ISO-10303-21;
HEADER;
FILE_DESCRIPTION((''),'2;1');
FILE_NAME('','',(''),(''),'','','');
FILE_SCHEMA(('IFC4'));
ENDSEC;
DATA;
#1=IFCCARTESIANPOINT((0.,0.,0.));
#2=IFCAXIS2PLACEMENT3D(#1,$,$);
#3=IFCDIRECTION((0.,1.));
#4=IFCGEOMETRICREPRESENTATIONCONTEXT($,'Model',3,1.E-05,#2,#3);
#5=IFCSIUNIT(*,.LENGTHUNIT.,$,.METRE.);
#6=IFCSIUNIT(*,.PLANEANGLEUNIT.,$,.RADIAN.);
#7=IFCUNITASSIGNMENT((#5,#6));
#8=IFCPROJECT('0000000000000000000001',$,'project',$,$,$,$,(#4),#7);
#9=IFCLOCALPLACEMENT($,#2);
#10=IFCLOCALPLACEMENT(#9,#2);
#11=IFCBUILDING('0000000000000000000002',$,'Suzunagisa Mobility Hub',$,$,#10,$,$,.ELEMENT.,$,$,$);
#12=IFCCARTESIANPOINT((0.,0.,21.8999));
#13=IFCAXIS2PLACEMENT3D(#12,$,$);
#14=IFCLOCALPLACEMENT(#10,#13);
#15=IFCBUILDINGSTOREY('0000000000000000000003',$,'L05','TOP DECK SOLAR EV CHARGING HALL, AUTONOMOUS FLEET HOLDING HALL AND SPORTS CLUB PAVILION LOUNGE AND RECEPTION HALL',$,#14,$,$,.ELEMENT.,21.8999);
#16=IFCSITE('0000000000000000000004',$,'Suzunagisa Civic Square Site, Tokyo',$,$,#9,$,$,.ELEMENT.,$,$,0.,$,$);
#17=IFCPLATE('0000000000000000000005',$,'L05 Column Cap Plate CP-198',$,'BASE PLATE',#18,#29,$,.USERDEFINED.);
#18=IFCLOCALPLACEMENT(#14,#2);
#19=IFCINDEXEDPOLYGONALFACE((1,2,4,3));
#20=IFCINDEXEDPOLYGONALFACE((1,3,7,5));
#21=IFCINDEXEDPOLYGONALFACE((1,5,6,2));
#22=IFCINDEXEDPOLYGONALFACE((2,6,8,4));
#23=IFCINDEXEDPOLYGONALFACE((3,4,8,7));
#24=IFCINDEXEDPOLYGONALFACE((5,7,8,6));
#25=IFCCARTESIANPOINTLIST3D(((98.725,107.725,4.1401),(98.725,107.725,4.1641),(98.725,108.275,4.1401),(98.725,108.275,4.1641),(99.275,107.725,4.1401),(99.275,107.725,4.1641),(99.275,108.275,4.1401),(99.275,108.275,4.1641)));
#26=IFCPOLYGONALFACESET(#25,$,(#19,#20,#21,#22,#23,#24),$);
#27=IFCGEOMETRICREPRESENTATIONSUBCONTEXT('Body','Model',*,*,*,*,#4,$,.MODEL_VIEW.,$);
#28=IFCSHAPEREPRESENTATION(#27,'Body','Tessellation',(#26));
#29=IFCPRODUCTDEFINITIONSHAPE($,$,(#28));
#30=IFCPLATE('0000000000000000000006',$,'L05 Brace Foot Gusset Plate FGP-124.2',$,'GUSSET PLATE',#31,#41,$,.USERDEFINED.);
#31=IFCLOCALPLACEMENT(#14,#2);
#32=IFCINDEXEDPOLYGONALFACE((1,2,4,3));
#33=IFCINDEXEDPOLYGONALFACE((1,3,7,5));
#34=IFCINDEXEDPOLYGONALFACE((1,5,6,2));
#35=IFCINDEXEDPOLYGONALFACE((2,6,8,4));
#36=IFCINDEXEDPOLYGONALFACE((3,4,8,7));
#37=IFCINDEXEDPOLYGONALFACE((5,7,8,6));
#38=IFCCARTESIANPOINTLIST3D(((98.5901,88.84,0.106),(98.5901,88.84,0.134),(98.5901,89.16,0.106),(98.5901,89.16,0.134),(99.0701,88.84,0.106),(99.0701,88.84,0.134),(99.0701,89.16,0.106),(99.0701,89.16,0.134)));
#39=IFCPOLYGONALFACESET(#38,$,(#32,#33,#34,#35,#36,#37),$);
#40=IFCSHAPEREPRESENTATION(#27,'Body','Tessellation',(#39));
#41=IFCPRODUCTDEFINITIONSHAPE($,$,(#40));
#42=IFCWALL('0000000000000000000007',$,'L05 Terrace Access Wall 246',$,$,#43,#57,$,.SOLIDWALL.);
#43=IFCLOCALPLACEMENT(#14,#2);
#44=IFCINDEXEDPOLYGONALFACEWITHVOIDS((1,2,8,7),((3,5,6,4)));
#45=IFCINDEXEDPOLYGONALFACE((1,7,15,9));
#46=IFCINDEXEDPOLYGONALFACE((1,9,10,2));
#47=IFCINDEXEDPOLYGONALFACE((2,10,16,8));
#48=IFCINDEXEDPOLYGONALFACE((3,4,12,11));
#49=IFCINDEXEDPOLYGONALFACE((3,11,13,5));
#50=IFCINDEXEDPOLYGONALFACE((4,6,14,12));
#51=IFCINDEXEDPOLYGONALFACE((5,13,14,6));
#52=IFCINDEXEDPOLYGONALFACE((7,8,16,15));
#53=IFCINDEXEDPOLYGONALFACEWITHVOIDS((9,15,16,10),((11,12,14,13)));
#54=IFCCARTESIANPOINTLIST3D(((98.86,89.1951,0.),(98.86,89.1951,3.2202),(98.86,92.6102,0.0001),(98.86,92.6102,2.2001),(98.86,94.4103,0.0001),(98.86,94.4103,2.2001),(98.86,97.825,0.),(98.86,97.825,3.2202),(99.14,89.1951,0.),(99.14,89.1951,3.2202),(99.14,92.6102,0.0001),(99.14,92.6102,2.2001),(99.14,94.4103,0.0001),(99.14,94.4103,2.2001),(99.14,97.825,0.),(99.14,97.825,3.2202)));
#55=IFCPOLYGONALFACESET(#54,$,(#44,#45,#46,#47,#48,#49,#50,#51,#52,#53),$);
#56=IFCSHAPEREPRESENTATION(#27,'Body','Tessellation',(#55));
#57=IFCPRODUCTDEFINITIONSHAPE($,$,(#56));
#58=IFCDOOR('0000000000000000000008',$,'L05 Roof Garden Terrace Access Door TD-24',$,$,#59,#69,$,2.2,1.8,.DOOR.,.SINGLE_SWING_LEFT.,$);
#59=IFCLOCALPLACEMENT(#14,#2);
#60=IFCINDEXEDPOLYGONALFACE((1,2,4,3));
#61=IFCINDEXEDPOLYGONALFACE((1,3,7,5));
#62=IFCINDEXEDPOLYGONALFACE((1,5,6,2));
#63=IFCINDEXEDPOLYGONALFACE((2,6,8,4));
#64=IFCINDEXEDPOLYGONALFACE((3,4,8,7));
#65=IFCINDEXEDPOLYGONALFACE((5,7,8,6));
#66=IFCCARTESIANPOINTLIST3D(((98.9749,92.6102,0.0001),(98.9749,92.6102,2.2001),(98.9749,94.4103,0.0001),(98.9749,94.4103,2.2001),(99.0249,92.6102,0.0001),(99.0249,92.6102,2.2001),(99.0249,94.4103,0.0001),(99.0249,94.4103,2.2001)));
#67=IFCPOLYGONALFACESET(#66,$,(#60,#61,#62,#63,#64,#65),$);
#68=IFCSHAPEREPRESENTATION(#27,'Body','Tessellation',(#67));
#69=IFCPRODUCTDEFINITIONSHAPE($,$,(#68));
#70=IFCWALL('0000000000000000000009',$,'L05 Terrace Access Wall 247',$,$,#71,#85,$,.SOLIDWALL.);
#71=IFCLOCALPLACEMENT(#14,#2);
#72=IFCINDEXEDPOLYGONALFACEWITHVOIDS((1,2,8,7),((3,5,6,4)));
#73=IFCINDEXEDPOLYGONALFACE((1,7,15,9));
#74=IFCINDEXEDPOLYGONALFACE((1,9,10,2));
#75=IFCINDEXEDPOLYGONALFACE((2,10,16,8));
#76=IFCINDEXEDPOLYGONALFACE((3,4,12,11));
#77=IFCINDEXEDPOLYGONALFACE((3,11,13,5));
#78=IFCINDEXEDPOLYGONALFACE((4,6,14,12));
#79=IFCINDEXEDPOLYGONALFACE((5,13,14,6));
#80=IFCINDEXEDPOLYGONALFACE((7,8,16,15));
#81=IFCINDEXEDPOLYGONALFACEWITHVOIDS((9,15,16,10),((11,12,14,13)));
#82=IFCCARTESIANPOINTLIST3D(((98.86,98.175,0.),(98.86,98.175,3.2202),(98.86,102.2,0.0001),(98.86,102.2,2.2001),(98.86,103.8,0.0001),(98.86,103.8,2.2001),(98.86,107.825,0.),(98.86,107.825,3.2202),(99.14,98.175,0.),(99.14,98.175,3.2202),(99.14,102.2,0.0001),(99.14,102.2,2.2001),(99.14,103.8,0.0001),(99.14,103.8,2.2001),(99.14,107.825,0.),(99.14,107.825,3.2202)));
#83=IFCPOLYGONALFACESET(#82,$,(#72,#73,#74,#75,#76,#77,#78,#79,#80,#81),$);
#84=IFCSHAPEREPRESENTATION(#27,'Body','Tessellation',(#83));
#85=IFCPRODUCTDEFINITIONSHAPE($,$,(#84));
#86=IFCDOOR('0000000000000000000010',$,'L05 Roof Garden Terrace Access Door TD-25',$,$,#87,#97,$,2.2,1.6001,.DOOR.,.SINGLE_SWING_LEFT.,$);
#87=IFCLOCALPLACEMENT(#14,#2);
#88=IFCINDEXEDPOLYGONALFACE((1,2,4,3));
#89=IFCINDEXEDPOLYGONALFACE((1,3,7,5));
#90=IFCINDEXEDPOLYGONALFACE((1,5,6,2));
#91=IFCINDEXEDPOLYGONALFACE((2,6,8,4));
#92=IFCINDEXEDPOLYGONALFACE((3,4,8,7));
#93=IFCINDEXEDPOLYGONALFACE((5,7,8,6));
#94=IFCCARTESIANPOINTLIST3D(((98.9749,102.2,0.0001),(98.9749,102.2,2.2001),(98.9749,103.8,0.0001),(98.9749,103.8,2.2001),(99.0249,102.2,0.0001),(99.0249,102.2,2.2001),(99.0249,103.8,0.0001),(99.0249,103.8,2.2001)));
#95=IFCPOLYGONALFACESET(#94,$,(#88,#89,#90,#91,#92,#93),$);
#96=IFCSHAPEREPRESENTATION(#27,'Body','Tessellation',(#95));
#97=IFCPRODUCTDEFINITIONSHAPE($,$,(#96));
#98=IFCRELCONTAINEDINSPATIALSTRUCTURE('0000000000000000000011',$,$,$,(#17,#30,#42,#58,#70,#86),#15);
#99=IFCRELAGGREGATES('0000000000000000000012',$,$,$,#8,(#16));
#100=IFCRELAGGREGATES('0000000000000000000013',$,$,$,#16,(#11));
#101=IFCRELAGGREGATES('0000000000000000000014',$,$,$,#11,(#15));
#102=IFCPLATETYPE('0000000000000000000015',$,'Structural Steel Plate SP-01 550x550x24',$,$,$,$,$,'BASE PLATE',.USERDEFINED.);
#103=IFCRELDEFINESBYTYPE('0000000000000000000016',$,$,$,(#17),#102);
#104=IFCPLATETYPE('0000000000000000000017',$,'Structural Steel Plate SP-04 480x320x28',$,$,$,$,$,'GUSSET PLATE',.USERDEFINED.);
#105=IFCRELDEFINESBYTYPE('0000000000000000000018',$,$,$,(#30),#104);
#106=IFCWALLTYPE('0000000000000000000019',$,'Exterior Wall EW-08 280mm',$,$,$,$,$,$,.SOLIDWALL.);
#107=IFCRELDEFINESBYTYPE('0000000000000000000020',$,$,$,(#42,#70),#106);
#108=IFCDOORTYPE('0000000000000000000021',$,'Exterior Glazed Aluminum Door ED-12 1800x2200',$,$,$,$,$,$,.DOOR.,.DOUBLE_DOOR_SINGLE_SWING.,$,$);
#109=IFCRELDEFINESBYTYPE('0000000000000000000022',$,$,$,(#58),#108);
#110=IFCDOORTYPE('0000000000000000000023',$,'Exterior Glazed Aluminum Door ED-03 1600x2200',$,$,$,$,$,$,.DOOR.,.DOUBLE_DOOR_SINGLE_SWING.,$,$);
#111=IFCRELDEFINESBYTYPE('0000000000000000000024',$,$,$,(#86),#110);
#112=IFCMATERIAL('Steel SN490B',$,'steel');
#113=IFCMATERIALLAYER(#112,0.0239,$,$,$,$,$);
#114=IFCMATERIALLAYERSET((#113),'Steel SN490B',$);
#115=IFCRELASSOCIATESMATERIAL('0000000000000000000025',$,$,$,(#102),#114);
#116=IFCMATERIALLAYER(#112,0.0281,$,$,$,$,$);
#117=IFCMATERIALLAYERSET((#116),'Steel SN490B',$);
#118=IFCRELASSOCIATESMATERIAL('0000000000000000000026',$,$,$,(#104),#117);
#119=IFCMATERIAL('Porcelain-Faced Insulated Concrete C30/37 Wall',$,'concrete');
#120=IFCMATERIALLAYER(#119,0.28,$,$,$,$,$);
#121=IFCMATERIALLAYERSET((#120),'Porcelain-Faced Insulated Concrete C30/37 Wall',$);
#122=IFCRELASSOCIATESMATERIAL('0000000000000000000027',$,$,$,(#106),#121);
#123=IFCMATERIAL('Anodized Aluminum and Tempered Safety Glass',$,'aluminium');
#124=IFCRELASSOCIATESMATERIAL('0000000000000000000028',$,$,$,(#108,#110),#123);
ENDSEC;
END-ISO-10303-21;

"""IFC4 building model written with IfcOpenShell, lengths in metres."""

from ifc_helpers import new_model, si_unit, direction, frame, frame_2d, origin, origin_2d, place, context, subcontext, project, spatial, rectangle, extrude, material, layer, layer_set, type_object, element, fill, save


model = new_model("IFC4")

# Units and contexts
model_context = context("Model", 3, precision=1e-05, world=origin(), true_north=direction((0.0, 1.0)))
body_context = subcontext(model_context, "Body", "Model", "MODEL_VIEW")
ifc_project = project(units=[si_unit("LENGTHUNIT", "METRE"), si_unit("PLANEANGLEUNIT", "RADIAN")], contexts=[model_context])

# Site, building, storey
site_placement = place(None, origin())
site = spatial("IfcSite", under=ifc_project, at=site_placement, Name="Suzunagisa Civic Square Site, Tokyo", CompositionType="ELEMENT", RefElevation=0.0)
building_placement = place(site_placement, origin())
building = spatial("IfcBuilding", under=site, at=building_placement, Name="Suzunagisa Mobility Hub", CompositionType="ELEMENT")
storey_placement = place(building_placement, frame((0.0, 0.0, 21.8999)))
storey = spatial("IfcBuildingStorey", under=building, at=storey_placement, Name="L05", Description="TOP DECK SOLAR EV CHARGING HALL, AUTONOMOUS FLEET HOLDING HALL AND SPORTS CLUB PAVILION LOUNGE AND RECEPTION HALL", CompositionType="ELEMENT", Elevation=21.8999)

# Shared definitions
ifc_material_1 = material(Name="Steel SN490B", Category="steel")

# Plates
ifc_layer_1 = layer(ifc_material_1, 0.0239)
ifc_layer_set_1 = layer_set([ifc_layer_1], Name="Steel SN490B")
plate_type_1 = type_object("IfcPlateType", Name="Structural Steel Plate SP-01 550x550x24", ElementType="BASE PLATE", PredefinedType="USERDEFINED", material=ifc_layer_set_1)
for number, where, z_axis, x_axis, name in (
    (1, (99.0, 108.0, 4.1401), (0.0, 0.0, 1.0), (1.0, 0.0, 0.0), "L05 Column Cap Plate CP-198"),
):
    element("IfcPlate", number, at=place(storey_placement, frame(where, z_axis=z_axis, x_axis=x_axis)), inside=storey, type_object=plate_type_1, Name=name, ObjectType="BASE PLATE", PredefinedType="USERDEFINED", context=body_context, shape_type="SweptSolid", body=[
        extrude(rectangle(XDim=0.55, YDim=0.55, at=origin_2d()), origin(), (0.0, 0.0, 1.0), 0.0239),
    ])
ifc_layer_2 = layer(ifc_material_1, 0.0281)
ifc_layer_set_2 = layer_set([ifc_layer_2], Name="Steel SN490B")
plate_type_2 = type_object("IfcPlateType", Name="Structural Steel Plate SP-04 480x320x28", ElementType="GUSSET PLATE", PredefinedType="USERDEFINED", material=ifc_layer_set_2)
plate_1_placement = place(storey_placement, frame((98.8301, 89.0, 0.106), z_axis=(0.0, 0.0, 1.0), x_axis=(1.0, 0.0, 0.0)))
element("IfcPlate", 2, at=plate_1_placement, inside=storey, type_object=plate_type_2, Name="L05 Brace Foot Gusset Plate FGP-124.2", ObjectType="GUSSET PLATE", PredefinedType="USERDEFINED", context=body_context, shape_type="SweptSolid", body=[
    extrude(rectangle(XDim=0.48, YDim=0.3201, at=origin_2d()), origin(), (0.0, 0.0, 1.0), 0.0281),
])

# Walls, openings, doors
ifc_material_2 = material(Name="Porcelain-Faced Insulated Concrete C30/37 Wall", Category="concrete")
ifc_layer_3 = layer(ifc_material_2, 0.28)
ifc_layer_set_3 = layer_set([ifc_layer_3], Name="Porcelain-Faced Insulated Concrete C30/37 Wall")
wall_type = type_object("IfcWallType", Name="Exterior Wall EW-08 280mm", PredefinedType="SOLIDWALL", material=ifc_layer_set_3)
wall_1_placement = place(storey_placement, frame((99.0, 89.1951, 0.0), z_axis=(0.0, 0.0, 1.0), x_axis=(0.0, 1.0, 0.0)))
wall_1 = element("IfcWall", 3, at=wall_1_placement, inside=storey, type_object=wall_type, Name="L05 Terrace Access Wall 246", PredefinedType="SOLIDWALL", context=body_context, shape_type="SweptSolid", body=[
    extrude(rectangle(XDim=8.6299, YDim=0.28, at=frame_2d((4.3149, 0.0))), origin(), (0.0, 0.0, 1.0), 3.2202),
])
opening_1_placement = place(wall_1_placement, frame((5.2151, 0.0, 0.0), z_axis=(0.0, 0.0, 1.0), x_axis=(-1.0, 0.0, 0.0)))
opening_1 = element("IfcOpeningElement", 4, at=opening_1_placement, cuts=wall_1, PredefinedType="OPENING", context=body_context, shape_type="SweptSolid", body=[
    extrude(rectangle(XDim=1.8, YDim=2.2, at=frame_2d((0.8999, 1.1001))), frame((0.0, 0.1509, 0.0), z_axis=(0.0, -1.0, 0.0), x_axis=(1.0, 0.0, 0.0)), (0.0, 0.0, 1.0), 0.302),
])
ifc_material_3 = material(Name="Anodized Aluminum and Tempered Safety Glass", Category="aluminium")
door_type_1 = type_object("IfcDoorType", Name="Exterior Glazed Aluminum Door ED-12 1800x2200", OperationType="DOUBLE_DOOR_SINGLE_SWING", PredefinedType="DOOR", material=ifc_material_3)
door_1_placement = place(opening_1_placement, origin())
door_1 = element("IfcDoor", 5, at=door_1_placement, inside=storey, type_object=door_type_1, Name="L05 Roof Garden Terrace Access Door TD-24", OperationType="SINGLE_SWING_LEFT", OverallHeight=2.2, OverallWidth=1.8, PredefinedType="DOOR", context=body_context, shape_type="SweptSolid", body=[
    extrude(rectangle(XDim=1.8, YDim=2.2, at=frame_2d((0.8999, 1.1001))), frame((0.0, 0.0249, 0.0), z_axis=(0.0, -1.0, 0.0), x_axis=(1.0, 0.0, 0.0)), (0.0, 0.0, 1.0), 0.05),
])
fill(opening_1, door_1)
wall_2_placement = place(storey_placement, frame((99.0, 98.175, 0.0), z_axis=(0.0, 0.0, 1.0), x_axis=(0.0, 1.0, 0.0)))
wall_2 = element("IfcWall", 6, at=wall_2_placement, inside=storey, type_object=wall_type, Name="L05 Terrace Access Wall 247", PredefinedType="SOLIDWALL", context=body_context, shape_type="SweptSolid", body=[
    extrude(rectangle(XDim=9.6499, YDim=0.28, at=frame_2d((4.825, 0.0))), origin(), (0.0, 0.0, 1.0), 3.2202),
])
opening_2_placement = place(wall_2_placement, frame((5.625, 0.0, 0.0), z_axis=(0.0, 0.0, 1.0), x_axis=(-1.0, 0.0, 0.0)))
opening_2 = element("IfcOpeningElement", 7, at=opening_2_placement, cuts=wall_2, PredefinedType="OPENING", context=body_context, shape_type="SweptSolid", body=[
    extrude(rectangle(XDim=1.6001, YDim=2.2, at=frame_2d((0.8, 1.1001))), frame((0.0, 0.1509, 0.0), z_axis=(0.0, -1.0, 0.0), x_axis=(1.0, 0.0, 0.0)), (0.0, 0.0, 1.0), 0.302),
])
door_type_2 = type_object("IfcDoorType", Name="Exterior Glazed Aluminum Door ED-03 1600x2200", OperationType="DOUBLE_DOOR_SINGLE_SWING", PredefinedType="DOOR", material=ifc_material_3)
door_2_placement = place(opening_2_placement, origin())
door_2 = element("IfcDoor", 8, at=door_2_placement, inside=storey, type_object=door_type_2, Name="L05 Roof Garden Terrace Access Door TD-25", OperationType="SINGLE_SWING_LEFT", OverallHeight=2.2, OverallWidth=1.6001, PredefinedType="DOOR", context=body_context, shape_type="SweptSolid", body=[
    extrude(rectangle(XDim=1.6001, YDim=2.2, at=frame_2d((0.8, 1.1001))), frame((0.0, 0.0249, 0.0), z_axis=(0.0, -1.0, 0.0), x_axis=(1.0, 0.0, 0.0)), (0.0, 0.0, 1.0), 0.05),
])
fill(opening_2, door_2)

save(model, "model.ifc")
